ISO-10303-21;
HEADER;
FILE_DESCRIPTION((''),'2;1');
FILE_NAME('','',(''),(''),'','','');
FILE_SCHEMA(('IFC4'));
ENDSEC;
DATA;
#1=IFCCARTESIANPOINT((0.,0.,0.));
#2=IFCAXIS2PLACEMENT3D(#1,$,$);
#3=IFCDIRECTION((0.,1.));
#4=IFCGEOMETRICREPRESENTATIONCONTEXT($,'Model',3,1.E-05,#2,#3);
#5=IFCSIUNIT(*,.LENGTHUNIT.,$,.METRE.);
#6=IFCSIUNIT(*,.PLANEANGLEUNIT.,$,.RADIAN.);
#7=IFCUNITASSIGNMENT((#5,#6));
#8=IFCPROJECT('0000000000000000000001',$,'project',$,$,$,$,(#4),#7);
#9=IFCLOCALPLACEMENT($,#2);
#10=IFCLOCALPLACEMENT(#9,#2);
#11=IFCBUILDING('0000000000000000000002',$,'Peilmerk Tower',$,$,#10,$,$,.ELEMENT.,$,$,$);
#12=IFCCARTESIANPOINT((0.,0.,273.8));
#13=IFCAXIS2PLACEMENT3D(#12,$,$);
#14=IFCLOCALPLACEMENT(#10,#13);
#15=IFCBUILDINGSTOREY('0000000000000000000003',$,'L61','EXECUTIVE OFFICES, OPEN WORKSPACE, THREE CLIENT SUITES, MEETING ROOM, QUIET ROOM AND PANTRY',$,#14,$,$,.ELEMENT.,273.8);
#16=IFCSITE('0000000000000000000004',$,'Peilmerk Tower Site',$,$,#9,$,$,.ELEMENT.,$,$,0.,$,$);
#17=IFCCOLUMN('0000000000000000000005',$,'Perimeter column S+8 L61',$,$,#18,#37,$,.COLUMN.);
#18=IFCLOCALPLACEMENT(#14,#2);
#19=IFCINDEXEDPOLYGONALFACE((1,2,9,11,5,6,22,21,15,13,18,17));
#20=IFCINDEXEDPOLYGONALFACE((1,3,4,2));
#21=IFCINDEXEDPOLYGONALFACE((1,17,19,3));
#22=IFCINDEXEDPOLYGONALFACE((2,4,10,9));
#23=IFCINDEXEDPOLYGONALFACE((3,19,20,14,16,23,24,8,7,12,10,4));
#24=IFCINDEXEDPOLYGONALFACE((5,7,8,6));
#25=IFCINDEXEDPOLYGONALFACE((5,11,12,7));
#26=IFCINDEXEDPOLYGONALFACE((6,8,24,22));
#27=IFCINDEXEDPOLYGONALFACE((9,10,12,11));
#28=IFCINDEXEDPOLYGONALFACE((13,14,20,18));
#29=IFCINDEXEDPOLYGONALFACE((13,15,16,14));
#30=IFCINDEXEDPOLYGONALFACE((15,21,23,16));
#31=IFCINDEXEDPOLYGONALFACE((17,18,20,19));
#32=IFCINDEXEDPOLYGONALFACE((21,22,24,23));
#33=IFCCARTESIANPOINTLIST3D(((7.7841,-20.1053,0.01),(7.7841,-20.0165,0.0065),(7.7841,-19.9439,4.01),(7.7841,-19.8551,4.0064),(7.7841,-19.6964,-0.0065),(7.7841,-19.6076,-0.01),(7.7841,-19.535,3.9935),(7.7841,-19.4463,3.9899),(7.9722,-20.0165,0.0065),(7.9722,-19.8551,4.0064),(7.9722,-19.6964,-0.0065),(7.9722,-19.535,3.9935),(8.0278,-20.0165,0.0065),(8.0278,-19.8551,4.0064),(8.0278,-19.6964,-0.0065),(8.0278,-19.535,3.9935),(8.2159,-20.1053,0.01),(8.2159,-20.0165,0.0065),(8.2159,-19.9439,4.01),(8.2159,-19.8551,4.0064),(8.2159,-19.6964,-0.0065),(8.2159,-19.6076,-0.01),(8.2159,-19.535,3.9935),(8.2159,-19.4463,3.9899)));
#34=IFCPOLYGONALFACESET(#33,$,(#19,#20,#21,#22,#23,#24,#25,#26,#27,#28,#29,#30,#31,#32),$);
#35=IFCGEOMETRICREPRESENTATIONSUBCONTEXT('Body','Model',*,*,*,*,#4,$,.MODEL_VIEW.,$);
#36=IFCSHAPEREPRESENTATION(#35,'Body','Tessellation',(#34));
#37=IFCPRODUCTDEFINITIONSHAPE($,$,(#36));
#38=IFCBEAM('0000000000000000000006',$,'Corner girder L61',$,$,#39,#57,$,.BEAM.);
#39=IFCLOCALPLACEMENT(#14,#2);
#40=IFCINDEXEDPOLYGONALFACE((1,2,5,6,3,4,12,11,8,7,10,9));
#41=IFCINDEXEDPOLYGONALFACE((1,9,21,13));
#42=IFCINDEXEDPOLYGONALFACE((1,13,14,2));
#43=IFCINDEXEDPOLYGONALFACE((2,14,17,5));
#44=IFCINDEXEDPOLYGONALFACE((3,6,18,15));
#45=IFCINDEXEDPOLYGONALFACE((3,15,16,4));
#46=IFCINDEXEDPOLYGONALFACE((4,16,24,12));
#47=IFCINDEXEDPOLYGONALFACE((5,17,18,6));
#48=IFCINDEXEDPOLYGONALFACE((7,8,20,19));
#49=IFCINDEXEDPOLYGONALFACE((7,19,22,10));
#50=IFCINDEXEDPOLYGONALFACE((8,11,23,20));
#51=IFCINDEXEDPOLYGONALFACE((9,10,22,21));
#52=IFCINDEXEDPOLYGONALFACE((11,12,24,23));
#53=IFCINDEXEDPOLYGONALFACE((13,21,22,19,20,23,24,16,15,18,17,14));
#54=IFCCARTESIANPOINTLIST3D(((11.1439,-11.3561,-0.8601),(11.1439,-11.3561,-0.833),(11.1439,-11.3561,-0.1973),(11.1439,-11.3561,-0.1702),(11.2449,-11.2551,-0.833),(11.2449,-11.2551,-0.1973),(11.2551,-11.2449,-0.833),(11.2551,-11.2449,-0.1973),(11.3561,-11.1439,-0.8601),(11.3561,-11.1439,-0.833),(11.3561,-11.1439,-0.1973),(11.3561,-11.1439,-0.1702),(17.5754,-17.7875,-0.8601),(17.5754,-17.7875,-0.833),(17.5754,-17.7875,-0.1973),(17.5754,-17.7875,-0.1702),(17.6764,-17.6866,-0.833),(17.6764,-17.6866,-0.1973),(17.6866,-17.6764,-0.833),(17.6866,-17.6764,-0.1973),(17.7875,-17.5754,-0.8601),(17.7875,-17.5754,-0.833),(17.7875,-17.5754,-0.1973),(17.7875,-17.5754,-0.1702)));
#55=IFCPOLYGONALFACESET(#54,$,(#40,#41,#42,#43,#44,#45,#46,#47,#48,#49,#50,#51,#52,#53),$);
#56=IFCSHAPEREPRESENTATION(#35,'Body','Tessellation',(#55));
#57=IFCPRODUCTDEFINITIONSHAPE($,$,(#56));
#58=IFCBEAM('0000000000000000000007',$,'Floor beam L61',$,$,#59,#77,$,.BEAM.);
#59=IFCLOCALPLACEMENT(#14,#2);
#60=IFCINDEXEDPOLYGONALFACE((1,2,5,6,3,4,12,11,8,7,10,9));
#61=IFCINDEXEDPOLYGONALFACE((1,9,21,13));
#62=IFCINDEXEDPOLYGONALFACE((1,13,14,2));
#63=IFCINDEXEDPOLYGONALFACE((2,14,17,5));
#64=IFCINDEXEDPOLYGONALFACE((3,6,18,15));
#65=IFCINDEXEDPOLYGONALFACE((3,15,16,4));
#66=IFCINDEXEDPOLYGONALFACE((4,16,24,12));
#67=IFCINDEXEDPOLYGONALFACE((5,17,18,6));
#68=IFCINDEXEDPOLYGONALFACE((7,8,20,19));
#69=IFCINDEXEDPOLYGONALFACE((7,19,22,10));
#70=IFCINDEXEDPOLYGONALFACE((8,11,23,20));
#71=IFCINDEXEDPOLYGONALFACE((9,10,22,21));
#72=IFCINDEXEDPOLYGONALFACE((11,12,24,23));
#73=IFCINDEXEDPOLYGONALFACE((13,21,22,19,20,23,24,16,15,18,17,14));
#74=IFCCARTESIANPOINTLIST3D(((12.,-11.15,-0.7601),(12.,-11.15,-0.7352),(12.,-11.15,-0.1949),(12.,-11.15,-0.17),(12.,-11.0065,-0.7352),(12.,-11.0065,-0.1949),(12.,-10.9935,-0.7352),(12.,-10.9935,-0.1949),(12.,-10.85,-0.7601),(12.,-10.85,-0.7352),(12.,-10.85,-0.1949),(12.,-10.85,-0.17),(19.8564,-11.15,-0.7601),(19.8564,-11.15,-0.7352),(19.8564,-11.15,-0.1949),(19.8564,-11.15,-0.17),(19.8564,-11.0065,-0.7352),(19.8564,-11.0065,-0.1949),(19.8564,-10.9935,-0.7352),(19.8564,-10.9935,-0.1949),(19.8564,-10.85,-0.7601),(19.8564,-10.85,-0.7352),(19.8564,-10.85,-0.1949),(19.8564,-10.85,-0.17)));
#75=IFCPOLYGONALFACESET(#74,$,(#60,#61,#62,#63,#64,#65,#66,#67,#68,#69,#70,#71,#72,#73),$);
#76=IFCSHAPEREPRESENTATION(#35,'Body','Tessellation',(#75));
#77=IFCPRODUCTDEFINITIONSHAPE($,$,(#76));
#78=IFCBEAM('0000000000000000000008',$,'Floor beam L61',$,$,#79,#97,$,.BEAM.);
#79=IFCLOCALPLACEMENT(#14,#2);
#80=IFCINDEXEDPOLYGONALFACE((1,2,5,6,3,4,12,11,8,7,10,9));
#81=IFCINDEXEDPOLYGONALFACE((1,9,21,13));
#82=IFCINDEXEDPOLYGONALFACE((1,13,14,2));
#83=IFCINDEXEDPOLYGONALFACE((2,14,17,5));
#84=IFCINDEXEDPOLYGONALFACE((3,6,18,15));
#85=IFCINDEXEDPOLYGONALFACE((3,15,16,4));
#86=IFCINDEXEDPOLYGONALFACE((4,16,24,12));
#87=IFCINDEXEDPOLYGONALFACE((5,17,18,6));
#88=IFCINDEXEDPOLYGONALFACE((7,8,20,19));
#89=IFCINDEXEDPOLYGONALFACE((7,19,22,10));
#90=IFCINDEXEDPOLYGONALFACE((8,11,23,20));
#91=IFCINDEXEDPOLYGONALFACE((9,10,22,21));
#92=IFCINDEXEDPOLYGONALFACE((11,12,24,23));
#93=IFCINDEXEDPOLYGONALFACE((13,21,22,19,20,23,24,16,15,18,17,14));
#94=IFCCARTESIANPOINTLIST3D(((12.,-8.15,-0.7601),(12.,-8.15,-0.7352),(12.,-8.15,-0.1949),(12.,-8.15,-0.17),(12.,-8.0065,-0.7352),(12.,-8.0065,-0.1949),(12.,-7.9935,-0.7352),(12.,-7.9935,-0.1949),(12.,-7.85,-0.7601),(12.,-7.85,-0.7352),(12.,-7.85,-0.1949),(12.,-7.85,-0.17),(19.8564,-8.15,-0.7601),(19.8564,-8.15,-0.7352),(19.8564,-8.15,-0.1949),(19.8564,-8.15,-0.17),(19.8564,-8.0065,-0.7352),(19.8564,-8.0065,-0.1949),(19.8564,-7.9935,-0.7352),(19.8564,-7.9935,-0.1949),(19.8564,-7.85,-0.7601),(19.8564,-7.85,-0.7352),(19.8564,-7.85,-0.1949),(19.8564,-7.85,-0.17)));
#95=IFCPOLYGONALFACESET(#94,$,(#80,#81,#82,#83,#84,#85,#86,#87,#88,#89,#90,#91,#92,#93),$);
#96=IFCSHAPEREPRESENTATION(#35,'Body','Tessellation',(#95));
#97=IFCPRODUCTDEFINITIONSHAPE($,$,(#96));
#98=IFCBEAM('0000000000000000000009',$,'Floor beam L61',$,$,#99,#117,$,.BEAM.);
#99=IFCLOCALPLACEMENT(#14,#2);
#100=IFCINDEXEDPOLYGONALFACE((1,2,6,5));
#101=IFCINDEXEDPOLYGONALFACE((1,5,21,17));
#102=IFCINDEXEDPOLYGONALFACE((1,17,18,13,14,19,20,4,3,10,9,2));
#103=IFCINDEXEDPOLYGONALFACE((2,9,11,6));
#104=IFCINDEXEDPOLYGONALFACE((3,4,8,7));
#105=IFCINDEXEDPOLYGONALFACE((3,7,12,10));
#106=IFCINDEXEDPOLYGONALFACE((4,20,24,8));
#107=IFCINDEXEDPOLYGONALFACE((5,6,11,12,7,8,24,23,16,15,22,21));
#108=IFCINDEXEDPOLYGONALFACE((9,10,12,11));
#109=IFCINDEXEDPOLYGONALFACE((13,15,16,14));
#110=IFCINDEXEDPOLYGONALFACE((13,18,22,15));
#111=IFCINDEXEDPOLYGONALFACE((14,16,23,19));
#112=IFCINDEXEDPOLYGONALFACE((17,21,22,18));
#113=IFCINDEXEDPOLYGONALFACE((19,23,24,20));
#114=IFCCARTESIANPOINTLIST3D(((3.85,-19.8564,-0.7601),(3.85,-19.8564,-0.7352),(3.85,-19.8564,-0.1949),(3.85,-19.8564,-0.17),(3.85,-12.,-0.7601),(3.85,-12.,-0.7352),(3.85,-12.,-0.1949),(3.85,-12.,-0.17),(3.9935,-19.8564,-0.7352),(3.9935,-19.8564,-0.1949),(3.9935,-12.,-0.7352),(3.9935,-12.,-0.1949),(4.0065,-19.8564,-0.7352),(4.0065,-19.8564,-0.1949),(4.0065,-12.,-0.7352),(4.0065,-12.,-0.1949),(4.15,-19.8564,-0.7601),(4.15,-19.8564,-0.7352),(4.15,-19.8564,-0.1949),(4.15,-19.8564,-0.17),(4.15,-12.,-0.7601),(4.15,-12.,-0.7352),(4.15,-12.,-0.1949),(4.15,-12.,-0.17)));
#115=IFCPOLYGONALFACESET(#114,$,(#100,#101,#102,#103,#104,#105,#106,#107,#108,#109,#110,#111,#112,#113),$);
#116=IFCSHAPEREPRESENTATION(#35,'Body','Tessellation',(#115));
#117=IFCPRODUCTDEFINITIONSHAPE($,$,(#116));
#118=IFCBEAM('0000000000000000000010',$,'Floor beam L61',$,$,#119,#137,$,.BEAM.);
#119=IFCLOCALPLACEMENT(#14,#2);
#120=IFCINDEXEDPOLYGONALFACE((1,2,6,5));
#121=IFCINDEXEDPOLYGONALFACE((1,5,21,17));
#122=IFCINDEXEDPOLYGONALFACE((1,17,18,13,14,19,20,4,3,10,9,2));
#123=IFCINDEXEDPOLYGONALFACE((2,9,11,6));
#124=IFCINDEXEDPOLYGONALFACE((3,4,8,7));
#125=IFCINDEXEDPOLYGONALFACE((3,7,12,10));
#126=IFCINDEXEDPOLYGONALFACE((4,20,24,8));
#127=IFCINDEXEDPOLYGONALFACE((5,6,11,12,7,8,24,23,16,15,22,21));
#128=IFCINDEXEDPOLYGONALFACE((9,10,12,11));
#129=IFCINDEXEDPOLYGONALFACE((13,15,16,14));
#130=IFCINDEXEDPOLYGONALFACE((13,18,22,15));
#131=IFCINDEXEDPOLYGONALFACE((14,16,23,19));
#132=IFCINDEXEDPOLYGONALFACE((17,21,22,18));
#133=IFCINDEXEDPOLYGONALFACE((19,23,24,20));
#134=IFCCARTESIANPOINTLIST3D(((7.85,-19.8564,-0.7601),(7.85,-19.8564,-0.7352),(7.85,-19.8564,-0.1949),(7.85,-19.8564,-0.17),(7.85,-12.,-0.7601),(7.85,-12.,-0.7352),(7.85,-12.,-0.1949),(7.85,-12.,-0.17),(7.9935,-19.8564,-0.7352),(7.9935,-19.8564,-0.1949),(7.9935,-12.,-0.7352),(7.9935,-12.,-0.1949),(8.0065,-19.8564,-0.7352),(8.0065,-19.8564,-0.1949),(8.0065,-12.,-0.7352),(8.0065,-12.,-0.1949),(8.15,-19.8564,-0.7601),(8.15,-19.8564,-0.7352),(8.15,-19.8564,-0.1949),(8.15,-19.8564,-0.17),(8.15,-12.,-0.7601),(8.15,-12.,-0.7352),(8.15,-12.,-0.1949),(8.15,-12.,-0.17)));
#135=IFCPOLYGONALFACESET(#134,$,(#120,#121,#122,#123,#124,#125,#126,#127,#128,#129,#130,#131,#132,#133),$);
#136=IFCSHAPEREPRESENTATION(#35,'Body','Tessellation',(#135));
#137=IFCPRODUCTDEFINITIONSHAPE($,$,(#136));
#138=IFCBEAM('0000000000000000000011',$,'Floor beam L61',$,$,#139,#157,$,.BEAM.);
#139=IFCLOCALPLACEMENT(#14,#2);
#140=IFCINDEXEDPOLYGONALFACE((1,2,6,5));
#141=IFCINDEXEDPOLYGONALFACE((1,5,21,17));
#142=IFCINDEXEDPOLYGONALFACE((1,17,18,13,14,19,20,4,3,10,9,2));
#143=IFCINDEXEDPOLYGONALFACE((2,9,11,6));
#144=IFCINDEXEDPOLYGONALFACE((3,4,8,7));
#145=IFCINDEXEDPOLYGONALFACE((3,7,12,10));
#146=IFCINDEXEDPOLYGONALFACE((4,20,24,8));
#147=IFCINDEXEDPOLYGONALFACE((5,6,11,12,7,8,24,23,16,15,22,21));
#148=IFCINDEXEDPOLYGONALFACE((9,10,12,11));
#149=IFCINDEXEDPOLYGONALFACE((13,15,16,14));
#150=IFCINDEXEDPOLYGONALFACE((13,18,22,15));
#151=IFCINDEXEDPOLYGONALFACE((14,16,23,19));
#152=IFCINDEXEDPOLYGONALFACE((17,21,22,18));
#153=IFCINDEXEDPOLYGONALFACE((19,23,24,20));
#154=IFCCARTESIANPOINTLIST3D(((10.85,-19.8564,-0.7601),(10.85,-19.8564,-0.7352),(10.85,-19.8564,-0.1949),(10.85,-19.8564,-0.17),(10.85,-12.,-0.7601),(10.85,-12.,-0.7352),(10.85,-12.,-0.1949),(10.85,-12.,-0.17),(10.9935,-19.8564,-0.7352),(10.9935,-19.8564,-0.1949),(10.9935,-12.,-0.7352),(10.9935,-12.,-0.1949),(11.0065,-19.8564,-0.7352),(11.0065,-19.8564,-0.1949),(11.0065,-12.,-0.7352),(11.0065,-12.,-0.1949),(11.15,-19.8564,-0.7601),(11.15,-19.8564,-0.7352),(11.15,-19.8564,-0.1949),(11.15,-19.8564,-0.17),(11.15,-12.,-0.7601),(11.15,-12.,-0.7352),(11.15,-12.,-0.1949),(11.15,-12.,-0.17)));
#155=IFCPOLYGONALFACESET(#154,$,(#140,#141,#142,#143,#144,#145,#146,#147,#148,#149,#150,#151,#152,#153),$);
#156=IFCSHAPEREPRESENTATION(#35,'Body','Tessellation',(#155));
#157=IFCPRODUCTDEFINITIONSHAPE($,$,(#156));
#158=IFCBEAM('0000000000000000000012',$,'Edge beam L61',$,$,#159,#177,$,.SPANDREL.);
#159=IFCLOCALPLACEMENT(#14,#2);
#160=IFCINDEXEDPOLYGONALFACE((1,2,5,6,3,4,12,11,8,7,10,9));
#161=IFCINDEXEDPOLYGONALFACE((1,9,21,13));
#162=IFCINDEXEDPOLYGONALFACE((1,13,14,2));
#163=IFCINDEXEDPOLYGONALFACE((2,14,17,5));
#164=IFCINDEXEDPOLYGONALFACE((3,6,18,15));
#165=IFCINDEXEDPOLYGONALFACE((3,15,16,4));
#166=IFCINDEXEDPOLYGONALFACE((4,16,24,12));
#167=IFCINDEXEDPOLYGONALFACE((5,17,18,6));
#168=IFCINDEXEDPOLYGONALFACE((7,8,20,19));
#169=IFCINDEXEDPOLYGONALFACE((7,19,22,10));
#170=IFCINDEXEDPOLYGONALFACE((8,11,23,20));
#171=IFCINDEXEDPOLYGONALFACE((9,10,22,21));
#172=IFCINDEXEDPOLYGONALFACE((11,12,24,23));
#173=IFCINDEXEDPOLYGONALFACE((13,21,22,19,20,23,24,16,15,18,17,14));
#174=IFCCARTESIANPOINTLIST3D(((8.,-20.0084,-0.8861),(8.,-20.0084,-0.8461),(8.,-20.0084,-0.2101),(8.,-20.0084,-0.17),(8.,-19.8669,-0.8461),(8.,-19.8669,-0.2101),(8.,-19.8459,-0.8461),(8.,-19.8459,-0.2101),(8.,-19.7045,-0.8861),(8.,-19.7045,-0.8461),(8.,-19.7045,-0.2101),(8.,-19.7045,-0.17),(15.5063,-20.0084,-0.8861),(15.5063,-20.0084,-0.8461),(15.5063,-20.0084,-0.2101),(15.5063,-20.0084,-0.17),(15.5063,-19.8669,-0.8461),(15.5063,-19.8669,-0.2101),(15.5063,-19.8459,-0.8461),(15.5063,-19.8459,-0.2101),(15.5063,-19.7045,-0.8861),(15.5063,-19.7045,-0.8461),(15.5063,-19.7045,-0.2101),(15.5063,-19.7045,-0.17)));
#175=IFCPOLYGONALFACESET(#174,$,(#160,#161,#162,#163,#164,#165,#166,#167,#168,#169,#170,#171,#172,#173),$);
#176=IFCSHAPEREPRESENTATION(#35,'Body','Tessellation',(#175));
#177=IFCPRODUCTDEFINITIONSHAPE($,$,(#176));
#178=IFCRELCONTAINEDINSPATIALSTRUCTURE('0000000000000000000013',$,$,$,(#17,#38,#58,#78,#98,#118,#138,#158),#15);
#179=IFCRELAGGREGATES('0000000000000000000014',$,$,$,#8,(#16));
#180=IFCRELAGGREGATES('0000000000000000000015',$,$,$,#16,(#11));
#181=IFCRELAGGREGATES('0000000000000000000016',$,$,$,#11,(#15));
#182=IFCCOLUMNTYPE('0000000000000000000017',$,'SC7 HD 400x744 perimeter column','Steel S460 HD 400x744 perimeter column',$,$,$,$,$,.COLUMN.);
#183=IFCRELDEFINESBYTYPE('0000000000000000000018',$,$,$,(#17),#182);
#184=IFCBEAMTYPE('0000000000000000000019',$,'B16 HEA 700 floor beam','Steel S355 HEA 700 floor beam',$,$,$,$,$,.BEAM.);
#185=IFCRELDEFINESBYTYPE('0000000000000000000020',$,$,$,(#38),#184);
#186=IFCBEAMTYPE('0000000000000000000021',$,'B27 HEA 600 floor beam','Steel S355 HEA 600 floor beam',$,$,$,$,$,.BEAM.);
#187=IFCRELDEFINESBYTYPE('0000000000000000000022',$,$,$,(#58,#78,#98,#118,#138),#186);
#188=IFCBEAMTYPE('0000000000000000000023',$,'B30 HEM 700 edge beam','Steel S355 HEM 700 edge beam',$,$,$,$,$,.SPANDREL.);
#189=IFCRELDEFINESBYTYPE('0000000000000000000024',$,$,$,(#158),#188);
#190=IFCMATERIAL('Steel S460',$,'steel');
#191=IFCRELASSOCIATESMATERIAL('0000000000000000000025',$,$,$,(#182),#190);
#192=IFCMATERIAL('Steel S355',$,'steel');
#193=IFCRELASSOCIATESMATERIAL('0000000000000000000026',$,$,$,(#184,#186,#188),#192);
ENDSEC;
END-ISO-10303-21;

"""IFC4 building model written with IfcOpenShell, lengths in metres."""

from ifc_helpers import new_model, si_unit, direction, frame, origin, origin_2d, place, context, subcontext, project, spatial, i_section, extrude, material, material_profile, profile_set, type_object, element, save


model = new_model("IFC4")

# Units and contexts
model_context = context("Model", 3, precision=1e-05, world=origin(), true_north=direction((0.0, 1.0)))
body_context = subcontext(model_context, "Body", "Model", "MODEL_VIEW")
ifc_project = project(units=[si_unit("LENGTHUNIT", "METRE"), si_unit("PLANEANGLEUNIT", "RADIAN")], contexts=[model_context])

# Site, building, storey
site_placement = place(None, origin())
site = spatial("IfcSite", under=ifc_project, at=site_placement, Name="Peilmerk Tower Site", CompositionType="ELEMENT", RefElevation=0.0)
building_placement = place(site_placement, origin())
building = spatial("IfcBuilding", under=site, at=building_placement, Name="Peilmerk Tower", CompositionType="ELEMENT")
storey_placement = place(building_placement, frame((0.0, 0.0, 273.8)))
storey = spatial("IfcBuildingStorey", under=building, at=storey_placement, Name="L61", Description="EXECUTIVE OFFICES, OPEN WORKSPACE, THREE CLIENT SUITES, MEETING ROOM, QUIET ROOM AND PANTRY", CompositionType="ELEMENT", Elevation=273.8)

# Column
ifc_material_1 = material(Name="Steel S460", Category="steel")
ifc_material_profile_1 = material_profile(ifc_material_1, i_section(OverallWidth=0.4319, OverallDepth=0.498, WebThickness=0.0557, FlangeThickness=0.0889, at=origin_2d()), Name="HD 400x744")
ifc_profile_set_1 = profile_set([ifc_material_profile_1], Name="Steel S460")
column_type = type_object("IfcColumnType", Name="SC7 HD 400x744 perimeter column", Description="Steel S460 HD 400x744 perimeter column", PredefinedType="COLUMN", material=ifc_profile_set_1)
column_placement = place(storey_placement, frame((8.0, -19.8564, 0.0), z_axis=(0.0, 0.040311, 0.999187), x_axis=(-1.0, 0.0, 0.0)))
element("IfcColumn", 1, at=column_placement, inside=storey, type_object=column_type, Name="Perimeter column S+8 L61", PredefinedType="COLUMN", context=body_context, shape_type="SweptSolid", body=[
    extrude(i_section(OverallWidth=0.4319, OverallDepth=0.498, WebThickness=0.0557, FlangeThickness=0.0889, at=origin_2d()), origin(), (0.0, 0.0, 1.0), 4.0032),
])

# Beams
ifc_material_2 = material(Name="Steel S355", Category="steel")
ifc_material_profile_2 = material_profile(ifc_material_2, i_section(OverallWidth=0.3, OverallDepth=0.6899, WebThickness=0.0144, FlangeThickness=0.0271, at=origin_2d()), Name="HEA 700")
ifc_profile_set_2 = profile_set([ifc_material_profile_2], Name="Steel S355")
beam_type_1 = type_object("IfcBeamType", Name="B16 HEA 700 floor beam", Description="Steel S355 HEA 700 floor beam", PredefinedType="BEAM", material=ifc_profile_set_2)
beam_1_placement = place(storey_placement, frame((11.25, -11.25, -0.5151), z_axis=(0.707107, -0.707107, 0.0), x_axis=(0.707107, 0.707107, 0.0)))
element("IfcBeam", 2, at=beam_1_placement, inside=storey, type_object=beam_type_1, Name="Corner girder L61", PredefinedType="BEAM", context=body_context, shape_type="SweptSolid", body=[
    extrude(i_section(OverallWidth=0.3, OverallDepth=0.6899, WebThickness=0.0144, FlangeThickness=0.0271, at=origin_2d()), origin(), (0.0, 0.0, 1.0), 9.0955),
])
ifc_material_profile_3 = material_profile(ifc_material_2, i_section(OverallWidth=0.3, OverallDepth=0.5901, WebThickness=0.0129, FlangeThickness=0.0249, at=origin_2d()), Name="HEA 600")
ifc_profile_set_3 = profile_set([ifc_material_profile_3], Name="Steel S355")
beam_type_2 = type_object("IfcBeamType", Name="B27 HEA 600 floor beam", Description="Steel S355 HEA 600 floor beam", PredefinedType="BEAM", material=ifc_profile_set_3)
for number, where, z_axis, x_axis, name in (
    (3, (12.0, -11.0, -0.4651), (1.0, 0.0, 0.0), (0.0, 1.0, 0.0), "Floor beam L61"),
    (4, (12.0, -8.0, -0.4651), (1.0, 0.0, 0.0), (0.0, 1.0, 0.0), "Floor beam L61"),
    (5, (4.0, -12.0, -0.4651), (0.0, -1.0, 0.0), (1.0, 0.0, 0.0), "Floor beam L61"),
    (6, (8.0, -12.0, -0.4651), (0.0, -1.0, 0.0), (1.0, 0.0, 0.0), "Floor beam L61"),
    (7, (11.0, -12.0, -0.4651), (0.0, -1.0, 0.0), (1.0, 0.0, 0.0), "Floor beam L61"),
):
    element("IfcBeam", number, at=place(storey_placement, frame(where, z_axis=z_axis, x_axis=x_axis)), inside=storey, type_object=beam_type_2, Name=name, PredefinedType="BEAM", context=body_context, shape_type="SweptSolid", body=[
        extrude(i_section(OverallWidth=0.3, OverallDepth=0.5901, WebThickness=0.0129, FlangeThickness=0.0249, at=origin_2d()), origin(), (0.0, 0.0, 1.0), 7.8564),
    ])
ifc_material_profile_4 = material_profile(ifc_material_2, i_section(OverallWidth=0.304, OverallDepth=0.7161, WebThickness=0.021, FlangeThickness=0.04, at=origin_2d()), Name="HEM 700")
ifc_profile_set_4 = profile_set([ifc_material_profile_4], Name="Steel S355")
beam_type_3 = type_object("IfcBeamType", Name="B30 HEM 700 edge beam", Description="Steel S355 HEM 700 edge beam", PredefinedType="SPANDREL", material=ifc_profile_set_4)
beam_2_placement = place(storey_placement, frame((8.0, -19.8564, -0.5281), z_axis=(1.0, 0.0, 0.0), x_axis=(0.0, 1.0, 0.0)))
element("IfcBeam", 8, at=beam_2_placement, inside=storey, type_object=beam_type_3, Name="Edge beam L61", PredefinedType="SPANDREL", context=body_context, shape_type="SweptSolid", body=[
    extrude(i_section(OverallWidth=0.304, OverallDepth=0.7161, WebThickness=0.021, FlangeThickness=0.04, at=origin_2d()), origin(), (0.0, 0.0, 1.0), 7.5063),
])

save(model, "model.ifc")
